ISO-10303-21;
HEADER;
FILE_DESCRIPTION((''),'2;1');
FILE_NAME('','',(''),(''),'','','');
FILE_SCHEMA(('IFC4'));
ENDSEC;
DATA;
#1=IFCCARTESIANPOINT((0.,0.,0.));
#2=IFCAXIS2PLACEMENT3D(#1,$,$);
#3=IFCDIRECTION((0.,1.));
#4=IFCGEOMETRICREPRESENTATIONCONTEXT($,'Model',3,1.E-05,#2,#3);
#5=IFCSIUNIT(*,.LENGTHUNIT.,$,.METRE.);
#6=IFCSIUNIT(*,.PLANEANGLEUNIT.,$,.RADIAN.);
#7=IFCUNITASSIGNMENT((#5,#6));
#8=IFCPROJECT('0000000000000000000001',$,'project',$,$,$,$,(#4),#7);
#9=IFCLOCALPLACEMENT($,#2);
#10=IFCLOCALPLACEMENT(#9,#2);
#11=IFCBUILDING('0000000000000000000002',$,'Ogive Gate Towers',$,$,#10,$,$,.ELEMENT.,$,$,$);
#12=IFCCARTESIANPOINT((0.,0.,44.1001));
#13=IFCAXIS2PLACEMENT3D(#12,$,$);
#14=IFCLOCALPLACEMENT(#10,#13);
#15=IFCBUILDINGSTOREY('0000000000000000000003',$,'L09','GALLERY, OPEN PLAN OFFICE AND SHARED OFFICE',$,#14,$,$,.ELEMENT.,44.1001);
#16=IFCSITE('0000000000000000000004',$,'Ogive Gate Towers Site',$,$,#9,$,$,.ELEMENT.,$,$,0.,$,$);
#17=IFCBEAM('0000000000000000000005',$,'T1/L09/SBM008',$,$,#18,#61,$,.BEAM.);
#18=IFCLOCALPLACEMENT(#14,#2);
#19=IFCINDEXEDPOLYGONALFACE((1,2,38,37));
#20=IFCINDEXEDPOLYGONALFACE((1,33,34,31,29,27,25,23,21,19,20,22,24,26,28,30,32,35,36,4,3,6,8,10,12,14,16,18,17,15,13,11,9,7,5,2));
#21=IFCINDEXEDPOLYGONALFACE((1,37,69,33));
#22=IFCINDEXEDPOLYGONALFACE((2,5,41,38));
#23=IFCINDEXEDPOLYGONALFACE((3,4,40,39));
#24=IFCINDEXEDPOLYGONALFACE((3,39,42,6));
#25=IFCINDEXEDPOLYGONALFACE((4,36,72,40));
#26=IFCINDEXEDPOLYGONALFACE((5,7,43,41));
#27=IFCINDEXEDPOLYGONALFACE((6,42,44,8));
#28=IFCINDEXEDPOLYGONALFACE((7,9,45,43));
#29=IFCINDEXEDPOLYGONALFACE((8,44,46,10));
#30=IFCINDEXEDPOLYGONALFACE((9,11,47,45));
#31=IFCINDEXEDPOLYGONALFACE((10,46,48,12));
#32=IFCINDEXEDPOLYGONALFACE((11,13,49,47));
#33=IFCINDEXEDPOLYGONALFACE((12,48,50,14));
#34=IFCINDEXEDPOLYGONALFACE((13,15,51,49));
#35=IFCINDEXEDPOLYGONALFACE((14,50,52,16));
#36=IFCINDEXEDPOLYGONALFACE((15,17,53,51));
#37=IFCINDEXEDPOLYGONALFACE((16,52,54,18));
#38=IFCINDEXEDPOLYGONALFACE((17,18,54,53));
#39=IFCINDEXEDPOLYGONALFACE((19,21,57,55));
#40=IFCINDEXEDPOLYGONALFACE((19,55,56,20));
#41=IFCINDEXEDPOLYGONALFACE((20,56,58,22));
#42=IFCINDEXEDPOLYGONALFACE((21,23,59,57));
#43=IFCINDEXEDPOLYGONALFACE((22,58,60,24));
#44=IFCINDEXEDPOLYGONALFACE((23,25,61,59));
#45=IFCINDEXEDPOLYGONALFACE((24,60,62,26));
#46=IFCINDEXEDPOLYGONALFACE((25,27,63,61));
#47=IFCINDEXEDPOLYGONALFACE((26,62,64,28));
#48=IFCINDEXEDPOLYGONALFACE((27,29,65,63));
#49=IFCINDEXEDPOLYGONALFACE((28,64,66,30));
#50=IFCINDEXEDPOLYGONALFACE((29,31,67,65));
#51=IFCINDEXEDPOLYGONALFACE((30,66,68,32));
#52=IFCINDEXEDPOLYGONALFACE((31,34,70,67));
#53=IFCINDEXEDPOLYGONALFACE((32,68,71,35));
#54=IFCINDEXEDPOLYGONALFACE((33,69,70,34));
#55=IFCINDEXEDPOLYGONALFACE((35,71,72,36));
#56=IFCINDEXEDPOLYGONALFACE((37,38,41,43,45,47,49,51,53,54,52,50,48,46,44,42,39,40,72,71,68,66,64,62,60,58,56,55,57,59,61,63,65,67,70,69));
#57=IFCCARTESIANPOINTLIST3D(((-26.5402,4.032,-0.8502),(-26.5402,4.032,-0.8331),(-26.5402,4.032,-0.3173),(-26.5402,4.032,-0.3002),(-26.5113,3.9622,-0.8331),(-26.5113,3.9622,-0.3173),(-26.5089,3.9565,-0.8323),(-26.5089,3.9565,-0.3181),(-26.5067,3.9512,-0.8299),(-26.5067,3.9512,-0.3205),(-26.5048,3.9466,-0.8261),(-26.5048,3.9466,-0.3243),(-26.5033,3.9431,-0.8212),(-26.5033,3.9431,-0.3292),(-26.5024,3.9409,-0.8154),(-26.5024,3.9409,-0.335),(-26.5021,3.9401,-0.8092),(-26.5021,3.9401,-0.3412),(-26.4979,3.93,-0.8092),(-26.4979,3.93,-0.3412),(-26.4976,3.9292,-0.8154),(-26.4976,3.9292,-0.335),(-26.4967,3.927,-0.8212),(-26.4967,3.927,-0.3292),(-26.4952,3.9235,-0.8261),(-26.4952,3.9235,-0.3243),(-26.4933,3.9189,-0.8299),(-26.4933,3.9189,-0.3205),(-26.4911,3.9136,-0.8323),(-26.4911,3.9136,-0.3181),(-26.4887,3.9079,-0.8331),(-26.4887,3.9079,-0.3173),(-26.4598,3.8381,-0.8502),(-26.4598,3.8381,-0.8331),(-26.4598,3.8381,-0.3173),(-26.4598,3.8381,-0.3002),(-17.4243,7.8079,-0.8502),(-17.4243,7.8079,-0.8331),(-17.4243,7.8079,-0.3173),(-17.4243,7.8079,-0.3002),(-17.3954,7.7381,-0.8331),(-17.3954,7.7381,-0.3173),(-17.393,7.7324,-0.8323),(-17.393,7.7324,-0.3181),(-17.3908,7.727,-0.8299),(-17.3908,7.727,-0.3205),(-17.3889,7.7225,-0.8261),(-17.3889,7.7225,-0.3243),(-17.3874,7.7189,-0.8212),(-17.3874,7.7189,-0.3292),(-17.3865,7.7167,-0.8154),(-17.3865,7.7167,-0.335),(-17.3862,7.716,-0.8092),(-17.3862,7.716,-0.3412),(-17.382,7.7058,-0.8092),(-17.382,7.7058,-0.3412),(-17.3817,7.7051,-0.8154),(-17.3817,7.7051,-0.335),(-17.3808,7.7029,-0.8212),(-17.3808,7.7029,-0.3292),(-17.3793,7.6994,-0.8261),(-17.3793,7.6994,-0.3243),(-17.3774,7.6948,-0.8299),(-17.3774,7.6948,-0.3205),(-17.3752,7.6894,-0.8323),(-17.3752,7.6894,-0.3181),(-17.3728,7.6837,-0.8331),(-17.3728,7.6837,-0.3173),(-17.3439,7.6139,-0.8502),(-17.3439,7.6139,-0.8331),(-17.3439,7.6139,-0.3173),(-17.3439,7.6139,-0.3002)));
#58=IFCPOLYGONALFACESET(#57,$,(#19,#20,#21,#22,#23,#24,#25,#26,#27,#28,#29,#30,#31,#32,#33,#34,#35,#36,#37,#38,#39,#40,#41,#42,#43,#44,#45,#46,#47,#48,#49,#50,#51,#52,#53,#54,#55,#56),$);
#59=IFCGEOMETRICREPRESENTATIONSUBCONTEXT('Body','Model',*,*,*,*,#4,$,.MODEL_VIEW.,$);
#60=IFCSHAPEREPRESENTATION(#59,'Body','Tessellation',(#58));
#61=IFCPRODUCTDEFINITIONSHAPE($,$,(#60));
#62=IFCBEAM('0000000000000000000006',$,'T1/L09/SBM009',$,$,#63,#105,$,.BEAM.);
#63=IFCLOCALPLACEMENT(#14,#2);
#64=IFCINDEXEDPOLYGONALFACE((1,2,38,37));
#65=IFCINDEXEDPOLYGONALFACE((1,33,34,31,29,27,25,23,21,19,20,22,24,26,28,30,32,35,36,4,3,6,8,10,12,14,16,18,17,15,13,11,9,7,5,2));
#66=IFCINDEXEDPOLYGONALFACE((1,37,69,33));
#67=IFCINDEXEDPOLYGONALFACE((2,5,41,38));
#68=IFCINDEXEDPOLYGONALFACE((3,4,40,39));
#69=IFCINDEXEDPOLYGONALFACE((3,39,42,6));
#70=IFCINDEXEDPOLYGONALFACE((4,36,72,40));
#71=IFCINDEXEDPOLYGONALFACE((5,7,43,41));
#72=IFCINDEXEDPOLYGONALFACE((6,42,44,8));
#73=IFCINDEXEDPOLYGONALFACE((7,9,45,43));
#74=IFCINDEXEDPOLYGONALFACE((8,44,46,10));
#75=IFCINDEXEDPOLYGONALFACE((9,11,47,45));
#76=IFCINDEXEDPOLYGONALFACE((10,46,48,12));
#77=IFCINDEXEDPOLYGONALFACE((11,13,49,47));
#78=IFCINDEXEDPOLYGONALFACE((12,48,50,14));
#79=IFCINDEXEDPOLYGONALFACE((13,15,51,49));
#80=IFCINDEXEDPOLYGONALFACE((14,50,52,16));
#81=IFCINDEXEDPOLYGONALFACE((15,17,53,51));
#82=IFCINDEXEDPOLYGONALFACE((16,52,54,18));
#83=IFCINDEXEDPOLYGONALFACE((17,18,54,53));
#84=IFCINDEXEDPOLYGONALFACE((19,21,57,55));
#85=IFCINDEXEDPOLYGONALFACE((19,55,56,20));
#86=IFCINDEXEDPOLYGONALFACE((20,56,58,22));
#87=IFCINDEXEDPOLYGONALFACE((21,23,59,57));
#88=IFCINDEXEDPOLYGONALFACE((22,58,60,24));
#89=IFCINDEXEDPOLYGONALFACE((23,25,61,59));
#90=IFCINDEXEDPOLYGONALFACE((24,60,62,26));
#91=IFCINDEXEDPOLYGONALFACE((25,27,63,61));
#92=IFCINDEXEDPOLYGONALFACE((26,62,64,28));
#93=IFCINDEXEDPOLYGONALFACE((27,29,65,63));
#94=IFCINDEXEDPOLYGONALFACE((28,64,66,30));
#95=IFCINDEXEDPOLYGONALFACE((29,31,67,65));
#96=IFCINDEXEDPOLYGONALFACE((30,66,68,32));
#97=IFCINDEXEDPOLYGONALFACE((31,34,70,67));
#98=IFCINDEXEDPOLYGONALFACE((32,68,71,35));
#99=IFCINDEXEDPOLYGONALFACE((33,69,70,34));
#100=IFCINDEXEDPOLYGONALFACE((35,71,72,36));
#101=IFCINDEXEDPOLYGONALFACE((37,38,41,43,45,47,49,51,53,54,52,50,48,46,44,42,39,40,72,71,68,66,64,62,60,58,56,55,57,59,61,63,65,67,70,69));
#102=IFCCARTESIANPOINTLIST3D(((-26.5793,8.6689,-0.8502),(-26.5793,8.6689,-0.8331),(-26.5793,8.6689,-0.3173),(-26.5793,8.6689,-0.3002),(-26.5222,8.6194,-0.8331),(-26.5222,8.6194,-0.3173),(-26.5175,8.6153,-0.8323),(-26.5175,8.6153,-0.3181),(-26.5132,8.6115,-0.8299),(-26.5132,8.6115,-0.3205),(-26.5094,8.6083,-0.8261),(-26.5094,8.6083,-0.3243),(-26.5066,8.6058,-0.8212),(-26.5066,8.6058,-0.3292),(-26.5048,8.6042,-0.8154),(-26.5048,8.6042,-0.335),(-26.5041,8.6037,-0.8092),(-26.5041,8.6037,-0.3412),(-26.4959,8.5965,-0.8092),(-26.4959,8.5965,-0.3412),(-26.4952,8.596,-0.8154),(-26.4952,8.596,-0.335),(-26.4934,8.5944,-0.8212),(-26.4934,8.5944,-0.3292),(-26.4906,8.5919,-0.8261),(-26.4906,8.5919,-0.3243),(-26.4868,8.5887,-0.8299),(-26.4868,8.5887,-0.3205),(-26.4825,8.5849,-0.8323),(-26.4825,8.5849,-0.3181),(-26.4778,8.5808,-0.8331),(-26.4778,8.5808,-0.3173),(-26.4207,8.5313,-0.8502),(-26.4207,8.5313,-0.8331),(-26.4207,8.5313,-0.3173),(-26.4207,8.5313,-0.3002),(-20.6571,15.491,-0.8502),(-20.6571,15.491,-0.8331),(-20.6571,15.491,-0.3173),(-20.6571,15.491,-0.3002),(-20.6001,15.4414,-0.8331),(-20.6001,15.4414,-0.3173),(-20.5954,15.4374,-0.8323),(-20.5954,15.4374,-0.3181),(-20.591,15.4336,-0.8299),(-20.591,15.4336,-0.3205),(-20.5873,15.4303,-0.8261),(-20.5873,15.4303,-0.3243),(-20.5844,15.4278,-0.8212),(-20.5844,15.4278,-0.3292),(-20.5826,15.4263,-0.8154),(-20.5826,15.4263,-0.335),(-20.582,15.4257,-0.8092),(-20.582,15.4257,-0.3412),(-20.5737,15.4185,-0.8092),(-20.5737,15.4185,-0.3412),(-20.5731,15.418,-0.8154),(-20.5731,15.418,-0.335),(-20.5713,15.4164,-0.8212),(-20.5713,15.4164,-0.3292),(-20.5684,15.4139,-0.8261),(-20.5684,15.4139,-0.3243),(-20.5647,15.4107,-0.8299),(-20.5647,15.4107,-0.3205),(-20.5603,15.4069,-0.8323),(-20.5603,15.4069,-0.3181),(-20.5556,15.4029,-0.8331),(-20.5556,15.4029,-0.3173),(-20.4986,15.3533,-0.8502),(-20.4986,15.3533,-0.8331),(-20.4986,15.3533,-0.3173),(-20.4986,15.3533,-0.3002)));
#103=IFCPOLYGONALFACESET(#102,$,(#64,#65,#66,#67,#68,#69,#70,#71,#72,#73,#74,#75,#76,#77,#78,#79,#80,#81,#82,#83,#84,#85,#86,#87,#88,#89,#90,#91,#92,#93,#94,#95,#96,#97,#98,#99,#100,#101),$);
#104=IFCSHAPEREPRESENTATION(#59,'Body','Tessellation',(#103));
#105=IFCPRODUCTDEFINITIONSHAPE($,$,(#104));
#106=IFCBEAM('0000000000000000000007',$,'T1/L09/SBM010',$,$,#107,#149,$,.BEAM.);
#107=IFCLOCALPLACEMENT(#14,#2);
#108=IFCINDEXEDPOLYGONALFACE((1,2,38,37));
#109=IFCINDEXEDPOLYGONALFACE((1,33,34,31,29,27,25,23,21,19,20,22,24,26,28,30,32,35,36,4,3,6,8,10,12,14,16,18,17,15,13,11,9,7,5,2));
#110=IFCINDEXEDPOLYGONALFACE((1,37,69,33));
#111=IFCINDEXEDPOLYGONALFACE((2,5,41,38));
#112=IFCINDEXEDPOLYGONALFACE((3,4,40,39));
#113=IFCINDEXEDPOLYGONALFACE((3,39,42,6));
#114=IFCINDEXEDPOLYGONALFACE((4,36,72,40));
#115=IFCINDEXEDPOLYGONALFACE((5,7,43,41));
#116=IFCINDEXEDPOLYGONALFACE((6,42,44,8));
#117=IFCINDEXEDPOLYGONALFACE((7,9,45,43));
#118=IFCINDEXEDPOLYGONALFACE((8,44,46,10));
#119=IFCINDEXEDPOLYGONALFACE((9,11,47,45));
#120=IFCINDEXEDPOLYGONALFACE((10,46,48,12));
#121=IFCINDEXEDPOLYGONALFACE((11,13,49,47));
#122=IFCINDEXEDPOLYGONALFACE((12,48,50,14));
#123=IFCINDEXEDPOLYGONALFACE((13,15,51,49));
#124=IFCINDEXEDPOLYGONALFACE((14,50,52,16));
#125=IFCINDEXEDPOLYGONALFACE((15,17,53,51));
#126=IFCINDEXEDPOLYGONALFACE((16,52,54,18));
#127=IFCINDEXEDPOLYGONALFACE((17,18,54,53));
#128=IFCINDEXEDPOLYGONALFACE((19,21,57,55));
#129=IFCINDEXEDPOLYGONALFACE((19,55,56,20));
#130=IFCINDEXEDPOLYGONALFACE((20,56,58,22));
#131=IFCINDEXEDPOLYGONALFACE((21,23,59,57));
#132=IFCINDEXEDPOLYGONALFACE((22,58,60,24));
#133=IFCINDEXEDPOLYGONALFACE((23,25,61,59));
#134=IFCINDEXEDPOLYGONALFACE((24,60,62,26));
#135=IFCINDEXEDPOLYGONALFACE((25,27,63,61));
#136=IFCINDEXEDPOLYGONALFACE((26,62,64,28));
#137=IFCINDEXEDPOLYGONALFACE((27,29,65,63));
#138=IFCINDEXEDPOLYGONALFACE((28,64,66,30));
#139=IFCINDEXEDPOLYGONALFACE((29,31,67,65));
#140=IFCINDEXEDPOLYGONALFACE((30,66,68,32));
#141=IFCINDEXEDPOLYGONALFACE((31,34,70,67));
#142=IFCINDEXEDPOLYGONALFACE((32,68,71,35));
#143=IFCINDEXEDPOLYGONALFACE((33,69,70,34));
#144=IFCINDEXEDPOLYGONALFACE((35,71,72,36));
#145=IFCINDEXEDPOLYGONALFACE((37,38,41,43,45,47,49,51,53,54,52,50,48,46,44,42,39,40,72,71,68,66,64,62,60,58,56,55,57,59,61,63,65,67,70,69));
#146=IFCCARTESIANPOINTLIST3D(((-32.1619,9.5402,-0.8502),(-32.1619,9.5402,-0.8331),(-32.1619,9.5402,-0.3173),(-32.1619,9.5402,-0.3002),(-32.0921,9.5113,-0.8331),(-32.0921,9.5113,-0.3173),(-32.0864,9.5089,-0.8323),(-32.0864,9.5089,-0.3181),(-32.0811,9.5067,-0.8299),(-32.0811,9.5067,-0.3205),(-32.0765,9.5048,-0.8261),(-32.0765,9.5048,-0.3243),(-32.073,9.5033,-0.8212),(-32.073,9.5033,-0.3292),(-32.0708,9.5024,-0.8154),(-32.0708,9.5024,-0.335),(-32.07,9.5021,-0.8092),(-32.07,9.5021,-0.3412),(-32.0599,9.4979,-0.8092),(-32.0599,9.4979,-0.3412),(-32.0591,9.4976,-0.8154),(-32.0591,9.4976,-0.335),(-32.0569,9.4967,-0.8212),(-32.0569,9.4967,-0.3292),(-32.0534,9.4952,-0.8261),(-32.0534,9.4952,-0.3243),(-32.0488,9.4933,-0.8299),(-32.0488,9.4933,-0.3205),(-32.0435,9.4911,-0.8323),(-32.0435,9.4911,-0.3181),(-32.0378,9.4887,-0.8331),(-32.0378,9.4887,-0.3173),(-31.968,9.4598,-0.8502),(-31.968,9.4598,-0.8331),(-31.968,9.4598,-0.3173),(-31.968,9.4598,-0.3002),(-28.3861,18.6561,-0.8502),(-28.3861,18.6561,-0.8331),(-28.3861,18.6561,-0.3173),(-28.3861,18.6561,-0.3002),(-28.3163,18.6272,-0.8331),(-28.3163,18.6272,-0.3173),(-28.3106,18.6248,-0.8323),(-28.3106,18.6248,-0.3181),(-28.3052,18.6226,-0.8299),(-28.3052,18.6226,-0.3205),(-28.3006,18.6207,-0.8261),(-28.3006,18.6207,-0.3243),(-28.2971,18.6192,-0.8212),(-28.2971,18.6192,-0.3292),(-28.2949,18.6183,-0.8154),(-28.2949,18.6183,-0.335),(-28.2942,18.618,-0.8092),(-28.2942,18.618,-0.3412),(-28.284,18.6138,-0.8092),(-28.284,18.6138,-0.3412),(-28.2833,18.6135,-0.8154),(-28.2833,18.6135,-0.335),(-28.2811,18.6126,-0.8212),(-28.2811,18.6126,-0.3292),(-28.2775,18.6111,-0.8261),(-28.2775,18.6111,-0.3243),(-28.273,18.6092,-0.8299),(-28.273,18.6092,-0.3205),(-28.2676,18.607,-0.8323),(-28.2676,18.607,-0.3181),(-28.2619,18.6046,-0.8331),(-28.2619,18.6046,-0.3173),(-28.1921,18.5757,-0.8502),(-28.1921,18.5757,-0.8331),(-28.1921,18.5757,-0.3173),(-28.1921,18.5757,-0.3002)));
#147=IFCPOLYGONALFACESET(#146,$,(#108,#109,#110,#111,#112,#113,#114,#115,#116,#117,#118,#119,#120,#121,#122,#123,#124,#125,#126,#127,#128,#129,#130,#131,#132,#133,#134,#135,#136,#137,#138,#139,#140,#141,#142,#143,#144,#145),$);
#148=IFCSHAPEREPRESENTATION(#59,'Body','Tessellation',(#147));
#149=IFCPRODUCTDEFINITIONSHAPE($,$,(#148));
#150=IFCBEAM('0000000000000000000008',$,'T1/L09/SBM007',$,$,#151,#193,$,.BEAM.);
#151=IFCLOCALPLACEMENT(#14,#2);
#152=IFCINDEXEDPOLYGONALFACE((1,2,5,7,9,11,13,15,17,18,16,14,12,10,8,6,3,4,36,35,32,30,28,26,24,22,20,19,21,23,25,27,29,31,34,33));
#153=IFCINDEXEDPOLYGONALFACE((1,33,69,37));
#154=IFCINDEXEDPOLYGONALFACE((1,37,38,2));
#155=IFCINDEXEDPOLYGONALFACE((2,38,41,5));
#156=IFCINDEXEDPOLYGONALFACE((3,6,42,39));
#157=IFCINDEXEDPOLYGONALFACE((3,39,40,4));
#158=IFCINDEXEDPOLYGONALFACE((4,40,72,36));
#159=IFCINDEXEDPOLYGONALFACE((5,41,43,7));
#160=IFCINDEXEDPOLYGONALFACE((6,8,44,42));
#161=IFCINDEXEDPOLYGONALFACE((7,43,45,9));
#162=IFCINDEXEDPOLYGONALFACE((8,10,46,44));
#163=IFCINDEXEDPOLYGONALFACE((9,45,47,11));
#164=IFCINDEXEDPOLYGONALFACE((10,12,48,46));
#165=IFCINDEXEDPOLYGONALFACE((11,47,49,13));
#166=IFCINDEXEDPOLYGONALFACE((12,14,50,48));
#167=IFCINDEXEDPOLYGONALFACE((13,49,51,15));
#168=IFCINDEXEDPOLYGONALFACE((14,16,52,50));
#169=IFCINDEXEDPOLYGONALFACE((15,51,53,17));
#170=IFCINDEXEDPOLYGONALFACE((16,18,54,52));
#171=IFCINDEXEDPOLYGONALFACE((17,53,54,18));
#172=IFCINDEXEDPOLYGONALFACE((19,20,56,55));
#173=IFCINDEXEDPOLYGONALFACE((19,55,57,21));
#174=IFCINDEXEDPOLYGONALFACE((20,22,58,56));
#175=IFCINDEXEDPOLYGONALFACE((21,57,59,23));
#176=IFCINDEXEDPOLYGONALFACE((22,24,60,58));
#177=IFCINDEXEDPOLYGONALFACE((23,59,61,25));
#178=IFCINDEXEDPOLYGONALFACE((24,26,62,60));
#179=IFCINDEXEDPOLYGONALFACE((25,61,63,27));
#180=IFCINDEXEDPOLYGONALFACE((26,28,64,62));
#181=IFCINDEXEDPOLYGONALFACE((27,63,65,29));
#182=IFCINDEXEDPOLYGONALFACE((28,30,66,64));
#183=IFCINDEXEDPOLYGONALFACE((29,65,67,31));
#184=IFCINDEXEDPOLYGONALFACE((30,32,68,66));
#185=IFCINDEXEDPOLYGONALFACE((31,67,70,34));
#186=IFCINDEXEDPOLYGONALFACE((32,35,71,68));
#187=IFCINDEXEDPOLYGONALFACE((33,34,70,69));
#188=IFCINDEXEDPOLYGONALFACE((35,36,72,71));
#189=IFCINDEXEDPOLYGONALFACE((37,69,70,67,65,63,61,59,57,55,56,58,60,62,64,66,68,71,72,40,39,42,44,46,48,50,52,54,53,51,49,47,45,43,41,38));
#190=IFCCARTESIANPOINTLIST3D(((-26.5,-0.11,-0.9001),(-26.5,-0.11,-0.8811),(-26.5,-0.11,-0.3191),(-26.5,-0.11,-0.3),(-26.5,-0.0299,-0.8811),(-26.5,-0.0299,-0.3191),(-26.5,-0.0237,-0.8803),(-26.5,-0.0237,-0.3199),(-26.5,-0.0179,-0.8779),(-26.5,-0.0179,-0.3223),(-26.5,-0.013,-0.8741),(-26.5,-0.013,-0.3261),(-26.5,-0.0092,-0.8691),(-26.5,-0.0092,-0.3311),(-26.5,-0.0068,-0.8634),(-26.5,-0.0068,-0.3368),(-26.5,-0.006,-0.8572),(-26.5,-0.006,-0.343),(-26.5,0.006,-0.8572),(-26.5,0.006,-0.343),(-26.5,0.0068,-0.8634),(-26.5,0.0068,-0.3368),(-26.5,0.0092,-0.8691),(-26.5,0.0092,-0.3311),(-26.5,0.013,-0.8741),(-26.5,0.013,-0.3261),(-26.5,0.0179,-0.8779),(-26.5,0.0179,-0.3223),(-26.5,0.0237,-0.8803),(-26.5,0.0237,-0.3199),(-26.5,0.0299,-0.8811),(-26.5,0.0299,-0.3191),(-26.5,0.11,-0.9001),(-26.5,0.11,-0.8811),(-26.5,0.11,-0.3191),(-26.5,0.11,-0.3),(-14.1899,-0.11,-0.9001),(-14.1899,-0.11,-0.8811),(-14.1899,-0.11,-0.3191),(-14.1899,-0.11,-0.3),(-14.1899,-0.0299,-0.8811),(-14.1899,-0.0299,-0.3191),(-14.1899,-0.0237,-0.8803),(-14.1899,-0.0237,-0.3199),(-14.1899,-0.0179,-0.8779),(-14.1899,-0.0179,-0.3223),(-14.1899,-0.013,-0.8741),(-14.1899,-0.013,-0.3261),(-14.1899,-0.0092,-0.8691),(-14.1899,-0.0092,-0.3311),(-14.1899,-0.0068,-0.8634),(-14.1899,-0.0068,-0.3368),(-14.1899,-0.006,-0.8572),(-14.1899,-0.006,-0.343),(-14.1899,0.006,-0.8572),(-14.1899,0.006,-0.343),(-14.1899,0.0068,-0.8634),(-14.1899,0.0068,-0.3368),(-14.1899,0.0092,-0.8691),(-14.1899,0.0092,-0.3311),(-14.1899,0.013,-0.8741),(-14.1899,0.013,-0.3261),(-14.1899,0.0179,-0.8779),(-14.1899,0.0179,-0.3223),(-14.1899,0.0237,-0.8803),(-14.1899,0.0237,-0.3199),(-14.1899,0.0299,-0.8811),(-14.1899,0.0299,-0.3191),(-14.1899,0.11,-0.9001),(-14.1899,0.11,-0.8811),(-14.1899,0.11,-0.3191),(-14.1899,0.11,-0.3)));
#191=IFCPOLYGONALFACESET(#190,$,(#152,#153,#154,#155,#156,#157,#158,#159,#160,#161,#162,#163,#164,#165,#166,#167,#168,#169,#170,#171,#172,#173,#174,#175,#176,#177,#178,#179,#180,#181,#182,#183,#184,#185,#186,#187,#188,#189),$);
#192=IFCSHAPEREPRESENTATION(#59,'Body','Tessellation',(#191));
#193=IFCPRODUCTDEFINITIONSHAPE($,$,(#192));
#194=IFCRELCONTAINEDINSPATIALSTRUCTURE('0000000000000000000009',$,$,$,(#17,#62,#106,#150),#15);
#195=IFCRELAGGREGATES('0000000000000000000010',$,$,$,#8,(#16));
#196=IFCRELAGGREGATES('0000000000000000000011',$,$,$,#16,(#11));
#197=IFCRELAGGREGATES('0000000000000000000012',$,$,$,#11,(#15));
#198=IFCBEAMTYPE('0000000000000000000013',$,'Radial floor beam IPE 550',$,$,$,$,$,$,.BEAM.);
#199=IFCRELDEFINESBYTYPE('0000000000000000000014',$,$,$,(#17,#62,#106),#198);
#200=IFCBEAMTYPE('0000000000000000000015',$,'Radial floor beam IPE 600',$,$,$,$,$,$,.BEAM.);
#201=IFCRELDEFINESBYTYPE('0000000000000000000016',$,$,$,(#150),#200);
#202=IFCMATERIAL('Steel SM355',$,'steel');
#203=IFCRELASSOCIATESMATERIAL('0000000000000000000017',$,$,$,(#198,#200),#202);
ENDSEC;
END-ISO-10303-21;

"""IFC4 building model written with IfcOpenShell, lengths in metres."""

from ifc_helpers import new_model, si_unit, direction, frame, origin, origin_2d, place, context, subcontext, project, spatial, i_section, extrude, material, material_profile, profile_set, type_object, element, save


model = new_model("IFC4")

# Units and contexts
model_context = context("Model", 3, precision=1e-05, world=origin(), true_north=direction((0.0, 1.0)))
body_context = subcontext(model_context, "Body", "Model", "MODEL_VIEW")
ifc_project = project(units=[si_unit("LENGTHUNIT", "METRE"), si_unit("PLANEANGLEUNIT", "RADIAN")], contexts=[model_context])

# Site, building, storey
site_placement = place(None, origin())
site = spatial("IfcSite", under=ifc_project, at=site_placement, Name="Ogive Gate Towers Site", CompositionType="ELEMENT", RefElevation=0.0)
building_placement = place(site_placement, origin())
building = spatial("IfcBuilding", under=site, at=building_placement, Name="Ogive Gate Towers", CompositionType="ELEMENT")
storey_placement = place(building_placement, frame((0.0, 0.0, 44.1001)))
storey = spatial("IfcBuildingStorey", under=building, at=storey_placement, Name="L09", Description="GALLERY, OPEN PLAN OFFICE AND SHARED OFFICE", CompositionType="ELEMENT", Elevation=44.1001)

# Beams
ifc_material_1 = material(Name="Steel SM355", Category="steel")
ifc_material_profile_1 = material_profile(ifc_material_1, i_section(OverallWidth=0.21, OverallDepth=0.55, WebThickness=0.011, FlangeThickness=0.0171, FilletRadius=0.0239, at=origin_2d()), Name="IPE 550")
ifc_profile_set_1 = profile_set([ifc_material_profile_1], Name="Steel SM355")
beam_type_1 = type_object("IfcBeamType", Name="Radial floor beam IPE 550", PredefinedType="BEAM", material=ifc_profile_set_1)
beam_1_placement = place(storey_placement, frame((-26.5, 3.9351, -0.5752), z_axis=(0.923882, 0.382677, 0.0), x_axis=(-0.382677, 0.923882, 0.0)))
element("IfcBeam", 1, at=beam_1_placement, inside=storey, type_object=beam_type_1, Name="T1/L09/SBM008", PredefinedType="BEAM", context=body_context, shape_type="SweptSolid", body=[
    extrude(i_section(OverallWidth=0.21, OverallDepth=0.55, WebThickness=0.011, FlangeThickness=0.0171, FilletRadius=0.0239, at=origin_2d()), origin(), (0.0, 0.0, 1.0), 9.8669),
])
beam_2_placement = place(storey_placement, frame((-26.5, 8.6001, -0.5752), z_axis=(0.655544, 0.755157, 0.0), x_axis=(-0.755157, 0.655544, 0.0)))
element("IfcBeam", 2, at=beam_2_placement, inside=storey, type_object=beam_type_1, Name="T1/L09/SBM009", PredefinedType="BEAM", context=body_context, shape_type="SweptSolid", body=[
    extrude(i_section(OverallWidth=0.21, OverallDepth=0.55, WebThickness=0.011, FlangeThickness=0.0171, FilletRadius=0.0239, at=origin_2d()), origin(), (0.0, 0.0, 1.0), 9.0339),
])
beam_3_placement = place(storey_placement, frame((-32.0649, 9.5, -0.5752), z_axis=(0.382677, 0.923882, 0.0), x_axis=(-0.923882, 0.382677, 0.0)))
element("IfcBeam", 3, at=beam_3_placement, inside=storey, type_object=beam_type_1, Name="T1/L09/SBM010", PredefinedType="BEAM", context=body_context, shape_type="SweptSolid", body=[
    extrude(i_section(OverallWidth=0.21, OverallDepth=0.55, WebThickness=0.011, FlangeThickness=0.0171, FilletRadius=0.0239, at=origin_2d()), origin(), (0.0, 0.0, 1.0), 9.8669),
])
ifc_material_profile_2 = material_profile(ifc_material_1, i_section(OverallWidth=0.22, OverallDepth=0.6001, WebThickness=0.012, FlangeThickness=0.019, FilletRadius=0.0239, at=origin_2d()), Name="IPE 600")
ifc_profile_set_2 = profile_set([ifc_material_profile_2], Name="Steel SM355")
beam_type_2 = type_object("IfcBeamType", Name="Radial floor beam IPE 600", PredefinedType="BEAM", material=ifc_profile_set_2)
beam_4_placement = place(storey_placement, frame((-26.5, 0.0, -0.6001), z_axis=(1.0, 0.0, 0.0), x_axis=(0.0, 1.0, 0.0)))
element("IfcBeam", 4, at=beam_4_placement, inside=storey, type_object=beam_type_2, Name="T1/L09/SBM007", PredefinedType="BEAM", context=body_context, shape_type="SweptSolid", body=[
    extrude(i_section(OverallWidth=0.22, OverallDepth=0.6001, WebThickness=0.012, FlangeThickness=0.019, FilletRadius=0.0239, at=origin_2d()), origin(), (0.0, 0.0, 1.0), 12.3101),
])

save(model, "model.ifc")
